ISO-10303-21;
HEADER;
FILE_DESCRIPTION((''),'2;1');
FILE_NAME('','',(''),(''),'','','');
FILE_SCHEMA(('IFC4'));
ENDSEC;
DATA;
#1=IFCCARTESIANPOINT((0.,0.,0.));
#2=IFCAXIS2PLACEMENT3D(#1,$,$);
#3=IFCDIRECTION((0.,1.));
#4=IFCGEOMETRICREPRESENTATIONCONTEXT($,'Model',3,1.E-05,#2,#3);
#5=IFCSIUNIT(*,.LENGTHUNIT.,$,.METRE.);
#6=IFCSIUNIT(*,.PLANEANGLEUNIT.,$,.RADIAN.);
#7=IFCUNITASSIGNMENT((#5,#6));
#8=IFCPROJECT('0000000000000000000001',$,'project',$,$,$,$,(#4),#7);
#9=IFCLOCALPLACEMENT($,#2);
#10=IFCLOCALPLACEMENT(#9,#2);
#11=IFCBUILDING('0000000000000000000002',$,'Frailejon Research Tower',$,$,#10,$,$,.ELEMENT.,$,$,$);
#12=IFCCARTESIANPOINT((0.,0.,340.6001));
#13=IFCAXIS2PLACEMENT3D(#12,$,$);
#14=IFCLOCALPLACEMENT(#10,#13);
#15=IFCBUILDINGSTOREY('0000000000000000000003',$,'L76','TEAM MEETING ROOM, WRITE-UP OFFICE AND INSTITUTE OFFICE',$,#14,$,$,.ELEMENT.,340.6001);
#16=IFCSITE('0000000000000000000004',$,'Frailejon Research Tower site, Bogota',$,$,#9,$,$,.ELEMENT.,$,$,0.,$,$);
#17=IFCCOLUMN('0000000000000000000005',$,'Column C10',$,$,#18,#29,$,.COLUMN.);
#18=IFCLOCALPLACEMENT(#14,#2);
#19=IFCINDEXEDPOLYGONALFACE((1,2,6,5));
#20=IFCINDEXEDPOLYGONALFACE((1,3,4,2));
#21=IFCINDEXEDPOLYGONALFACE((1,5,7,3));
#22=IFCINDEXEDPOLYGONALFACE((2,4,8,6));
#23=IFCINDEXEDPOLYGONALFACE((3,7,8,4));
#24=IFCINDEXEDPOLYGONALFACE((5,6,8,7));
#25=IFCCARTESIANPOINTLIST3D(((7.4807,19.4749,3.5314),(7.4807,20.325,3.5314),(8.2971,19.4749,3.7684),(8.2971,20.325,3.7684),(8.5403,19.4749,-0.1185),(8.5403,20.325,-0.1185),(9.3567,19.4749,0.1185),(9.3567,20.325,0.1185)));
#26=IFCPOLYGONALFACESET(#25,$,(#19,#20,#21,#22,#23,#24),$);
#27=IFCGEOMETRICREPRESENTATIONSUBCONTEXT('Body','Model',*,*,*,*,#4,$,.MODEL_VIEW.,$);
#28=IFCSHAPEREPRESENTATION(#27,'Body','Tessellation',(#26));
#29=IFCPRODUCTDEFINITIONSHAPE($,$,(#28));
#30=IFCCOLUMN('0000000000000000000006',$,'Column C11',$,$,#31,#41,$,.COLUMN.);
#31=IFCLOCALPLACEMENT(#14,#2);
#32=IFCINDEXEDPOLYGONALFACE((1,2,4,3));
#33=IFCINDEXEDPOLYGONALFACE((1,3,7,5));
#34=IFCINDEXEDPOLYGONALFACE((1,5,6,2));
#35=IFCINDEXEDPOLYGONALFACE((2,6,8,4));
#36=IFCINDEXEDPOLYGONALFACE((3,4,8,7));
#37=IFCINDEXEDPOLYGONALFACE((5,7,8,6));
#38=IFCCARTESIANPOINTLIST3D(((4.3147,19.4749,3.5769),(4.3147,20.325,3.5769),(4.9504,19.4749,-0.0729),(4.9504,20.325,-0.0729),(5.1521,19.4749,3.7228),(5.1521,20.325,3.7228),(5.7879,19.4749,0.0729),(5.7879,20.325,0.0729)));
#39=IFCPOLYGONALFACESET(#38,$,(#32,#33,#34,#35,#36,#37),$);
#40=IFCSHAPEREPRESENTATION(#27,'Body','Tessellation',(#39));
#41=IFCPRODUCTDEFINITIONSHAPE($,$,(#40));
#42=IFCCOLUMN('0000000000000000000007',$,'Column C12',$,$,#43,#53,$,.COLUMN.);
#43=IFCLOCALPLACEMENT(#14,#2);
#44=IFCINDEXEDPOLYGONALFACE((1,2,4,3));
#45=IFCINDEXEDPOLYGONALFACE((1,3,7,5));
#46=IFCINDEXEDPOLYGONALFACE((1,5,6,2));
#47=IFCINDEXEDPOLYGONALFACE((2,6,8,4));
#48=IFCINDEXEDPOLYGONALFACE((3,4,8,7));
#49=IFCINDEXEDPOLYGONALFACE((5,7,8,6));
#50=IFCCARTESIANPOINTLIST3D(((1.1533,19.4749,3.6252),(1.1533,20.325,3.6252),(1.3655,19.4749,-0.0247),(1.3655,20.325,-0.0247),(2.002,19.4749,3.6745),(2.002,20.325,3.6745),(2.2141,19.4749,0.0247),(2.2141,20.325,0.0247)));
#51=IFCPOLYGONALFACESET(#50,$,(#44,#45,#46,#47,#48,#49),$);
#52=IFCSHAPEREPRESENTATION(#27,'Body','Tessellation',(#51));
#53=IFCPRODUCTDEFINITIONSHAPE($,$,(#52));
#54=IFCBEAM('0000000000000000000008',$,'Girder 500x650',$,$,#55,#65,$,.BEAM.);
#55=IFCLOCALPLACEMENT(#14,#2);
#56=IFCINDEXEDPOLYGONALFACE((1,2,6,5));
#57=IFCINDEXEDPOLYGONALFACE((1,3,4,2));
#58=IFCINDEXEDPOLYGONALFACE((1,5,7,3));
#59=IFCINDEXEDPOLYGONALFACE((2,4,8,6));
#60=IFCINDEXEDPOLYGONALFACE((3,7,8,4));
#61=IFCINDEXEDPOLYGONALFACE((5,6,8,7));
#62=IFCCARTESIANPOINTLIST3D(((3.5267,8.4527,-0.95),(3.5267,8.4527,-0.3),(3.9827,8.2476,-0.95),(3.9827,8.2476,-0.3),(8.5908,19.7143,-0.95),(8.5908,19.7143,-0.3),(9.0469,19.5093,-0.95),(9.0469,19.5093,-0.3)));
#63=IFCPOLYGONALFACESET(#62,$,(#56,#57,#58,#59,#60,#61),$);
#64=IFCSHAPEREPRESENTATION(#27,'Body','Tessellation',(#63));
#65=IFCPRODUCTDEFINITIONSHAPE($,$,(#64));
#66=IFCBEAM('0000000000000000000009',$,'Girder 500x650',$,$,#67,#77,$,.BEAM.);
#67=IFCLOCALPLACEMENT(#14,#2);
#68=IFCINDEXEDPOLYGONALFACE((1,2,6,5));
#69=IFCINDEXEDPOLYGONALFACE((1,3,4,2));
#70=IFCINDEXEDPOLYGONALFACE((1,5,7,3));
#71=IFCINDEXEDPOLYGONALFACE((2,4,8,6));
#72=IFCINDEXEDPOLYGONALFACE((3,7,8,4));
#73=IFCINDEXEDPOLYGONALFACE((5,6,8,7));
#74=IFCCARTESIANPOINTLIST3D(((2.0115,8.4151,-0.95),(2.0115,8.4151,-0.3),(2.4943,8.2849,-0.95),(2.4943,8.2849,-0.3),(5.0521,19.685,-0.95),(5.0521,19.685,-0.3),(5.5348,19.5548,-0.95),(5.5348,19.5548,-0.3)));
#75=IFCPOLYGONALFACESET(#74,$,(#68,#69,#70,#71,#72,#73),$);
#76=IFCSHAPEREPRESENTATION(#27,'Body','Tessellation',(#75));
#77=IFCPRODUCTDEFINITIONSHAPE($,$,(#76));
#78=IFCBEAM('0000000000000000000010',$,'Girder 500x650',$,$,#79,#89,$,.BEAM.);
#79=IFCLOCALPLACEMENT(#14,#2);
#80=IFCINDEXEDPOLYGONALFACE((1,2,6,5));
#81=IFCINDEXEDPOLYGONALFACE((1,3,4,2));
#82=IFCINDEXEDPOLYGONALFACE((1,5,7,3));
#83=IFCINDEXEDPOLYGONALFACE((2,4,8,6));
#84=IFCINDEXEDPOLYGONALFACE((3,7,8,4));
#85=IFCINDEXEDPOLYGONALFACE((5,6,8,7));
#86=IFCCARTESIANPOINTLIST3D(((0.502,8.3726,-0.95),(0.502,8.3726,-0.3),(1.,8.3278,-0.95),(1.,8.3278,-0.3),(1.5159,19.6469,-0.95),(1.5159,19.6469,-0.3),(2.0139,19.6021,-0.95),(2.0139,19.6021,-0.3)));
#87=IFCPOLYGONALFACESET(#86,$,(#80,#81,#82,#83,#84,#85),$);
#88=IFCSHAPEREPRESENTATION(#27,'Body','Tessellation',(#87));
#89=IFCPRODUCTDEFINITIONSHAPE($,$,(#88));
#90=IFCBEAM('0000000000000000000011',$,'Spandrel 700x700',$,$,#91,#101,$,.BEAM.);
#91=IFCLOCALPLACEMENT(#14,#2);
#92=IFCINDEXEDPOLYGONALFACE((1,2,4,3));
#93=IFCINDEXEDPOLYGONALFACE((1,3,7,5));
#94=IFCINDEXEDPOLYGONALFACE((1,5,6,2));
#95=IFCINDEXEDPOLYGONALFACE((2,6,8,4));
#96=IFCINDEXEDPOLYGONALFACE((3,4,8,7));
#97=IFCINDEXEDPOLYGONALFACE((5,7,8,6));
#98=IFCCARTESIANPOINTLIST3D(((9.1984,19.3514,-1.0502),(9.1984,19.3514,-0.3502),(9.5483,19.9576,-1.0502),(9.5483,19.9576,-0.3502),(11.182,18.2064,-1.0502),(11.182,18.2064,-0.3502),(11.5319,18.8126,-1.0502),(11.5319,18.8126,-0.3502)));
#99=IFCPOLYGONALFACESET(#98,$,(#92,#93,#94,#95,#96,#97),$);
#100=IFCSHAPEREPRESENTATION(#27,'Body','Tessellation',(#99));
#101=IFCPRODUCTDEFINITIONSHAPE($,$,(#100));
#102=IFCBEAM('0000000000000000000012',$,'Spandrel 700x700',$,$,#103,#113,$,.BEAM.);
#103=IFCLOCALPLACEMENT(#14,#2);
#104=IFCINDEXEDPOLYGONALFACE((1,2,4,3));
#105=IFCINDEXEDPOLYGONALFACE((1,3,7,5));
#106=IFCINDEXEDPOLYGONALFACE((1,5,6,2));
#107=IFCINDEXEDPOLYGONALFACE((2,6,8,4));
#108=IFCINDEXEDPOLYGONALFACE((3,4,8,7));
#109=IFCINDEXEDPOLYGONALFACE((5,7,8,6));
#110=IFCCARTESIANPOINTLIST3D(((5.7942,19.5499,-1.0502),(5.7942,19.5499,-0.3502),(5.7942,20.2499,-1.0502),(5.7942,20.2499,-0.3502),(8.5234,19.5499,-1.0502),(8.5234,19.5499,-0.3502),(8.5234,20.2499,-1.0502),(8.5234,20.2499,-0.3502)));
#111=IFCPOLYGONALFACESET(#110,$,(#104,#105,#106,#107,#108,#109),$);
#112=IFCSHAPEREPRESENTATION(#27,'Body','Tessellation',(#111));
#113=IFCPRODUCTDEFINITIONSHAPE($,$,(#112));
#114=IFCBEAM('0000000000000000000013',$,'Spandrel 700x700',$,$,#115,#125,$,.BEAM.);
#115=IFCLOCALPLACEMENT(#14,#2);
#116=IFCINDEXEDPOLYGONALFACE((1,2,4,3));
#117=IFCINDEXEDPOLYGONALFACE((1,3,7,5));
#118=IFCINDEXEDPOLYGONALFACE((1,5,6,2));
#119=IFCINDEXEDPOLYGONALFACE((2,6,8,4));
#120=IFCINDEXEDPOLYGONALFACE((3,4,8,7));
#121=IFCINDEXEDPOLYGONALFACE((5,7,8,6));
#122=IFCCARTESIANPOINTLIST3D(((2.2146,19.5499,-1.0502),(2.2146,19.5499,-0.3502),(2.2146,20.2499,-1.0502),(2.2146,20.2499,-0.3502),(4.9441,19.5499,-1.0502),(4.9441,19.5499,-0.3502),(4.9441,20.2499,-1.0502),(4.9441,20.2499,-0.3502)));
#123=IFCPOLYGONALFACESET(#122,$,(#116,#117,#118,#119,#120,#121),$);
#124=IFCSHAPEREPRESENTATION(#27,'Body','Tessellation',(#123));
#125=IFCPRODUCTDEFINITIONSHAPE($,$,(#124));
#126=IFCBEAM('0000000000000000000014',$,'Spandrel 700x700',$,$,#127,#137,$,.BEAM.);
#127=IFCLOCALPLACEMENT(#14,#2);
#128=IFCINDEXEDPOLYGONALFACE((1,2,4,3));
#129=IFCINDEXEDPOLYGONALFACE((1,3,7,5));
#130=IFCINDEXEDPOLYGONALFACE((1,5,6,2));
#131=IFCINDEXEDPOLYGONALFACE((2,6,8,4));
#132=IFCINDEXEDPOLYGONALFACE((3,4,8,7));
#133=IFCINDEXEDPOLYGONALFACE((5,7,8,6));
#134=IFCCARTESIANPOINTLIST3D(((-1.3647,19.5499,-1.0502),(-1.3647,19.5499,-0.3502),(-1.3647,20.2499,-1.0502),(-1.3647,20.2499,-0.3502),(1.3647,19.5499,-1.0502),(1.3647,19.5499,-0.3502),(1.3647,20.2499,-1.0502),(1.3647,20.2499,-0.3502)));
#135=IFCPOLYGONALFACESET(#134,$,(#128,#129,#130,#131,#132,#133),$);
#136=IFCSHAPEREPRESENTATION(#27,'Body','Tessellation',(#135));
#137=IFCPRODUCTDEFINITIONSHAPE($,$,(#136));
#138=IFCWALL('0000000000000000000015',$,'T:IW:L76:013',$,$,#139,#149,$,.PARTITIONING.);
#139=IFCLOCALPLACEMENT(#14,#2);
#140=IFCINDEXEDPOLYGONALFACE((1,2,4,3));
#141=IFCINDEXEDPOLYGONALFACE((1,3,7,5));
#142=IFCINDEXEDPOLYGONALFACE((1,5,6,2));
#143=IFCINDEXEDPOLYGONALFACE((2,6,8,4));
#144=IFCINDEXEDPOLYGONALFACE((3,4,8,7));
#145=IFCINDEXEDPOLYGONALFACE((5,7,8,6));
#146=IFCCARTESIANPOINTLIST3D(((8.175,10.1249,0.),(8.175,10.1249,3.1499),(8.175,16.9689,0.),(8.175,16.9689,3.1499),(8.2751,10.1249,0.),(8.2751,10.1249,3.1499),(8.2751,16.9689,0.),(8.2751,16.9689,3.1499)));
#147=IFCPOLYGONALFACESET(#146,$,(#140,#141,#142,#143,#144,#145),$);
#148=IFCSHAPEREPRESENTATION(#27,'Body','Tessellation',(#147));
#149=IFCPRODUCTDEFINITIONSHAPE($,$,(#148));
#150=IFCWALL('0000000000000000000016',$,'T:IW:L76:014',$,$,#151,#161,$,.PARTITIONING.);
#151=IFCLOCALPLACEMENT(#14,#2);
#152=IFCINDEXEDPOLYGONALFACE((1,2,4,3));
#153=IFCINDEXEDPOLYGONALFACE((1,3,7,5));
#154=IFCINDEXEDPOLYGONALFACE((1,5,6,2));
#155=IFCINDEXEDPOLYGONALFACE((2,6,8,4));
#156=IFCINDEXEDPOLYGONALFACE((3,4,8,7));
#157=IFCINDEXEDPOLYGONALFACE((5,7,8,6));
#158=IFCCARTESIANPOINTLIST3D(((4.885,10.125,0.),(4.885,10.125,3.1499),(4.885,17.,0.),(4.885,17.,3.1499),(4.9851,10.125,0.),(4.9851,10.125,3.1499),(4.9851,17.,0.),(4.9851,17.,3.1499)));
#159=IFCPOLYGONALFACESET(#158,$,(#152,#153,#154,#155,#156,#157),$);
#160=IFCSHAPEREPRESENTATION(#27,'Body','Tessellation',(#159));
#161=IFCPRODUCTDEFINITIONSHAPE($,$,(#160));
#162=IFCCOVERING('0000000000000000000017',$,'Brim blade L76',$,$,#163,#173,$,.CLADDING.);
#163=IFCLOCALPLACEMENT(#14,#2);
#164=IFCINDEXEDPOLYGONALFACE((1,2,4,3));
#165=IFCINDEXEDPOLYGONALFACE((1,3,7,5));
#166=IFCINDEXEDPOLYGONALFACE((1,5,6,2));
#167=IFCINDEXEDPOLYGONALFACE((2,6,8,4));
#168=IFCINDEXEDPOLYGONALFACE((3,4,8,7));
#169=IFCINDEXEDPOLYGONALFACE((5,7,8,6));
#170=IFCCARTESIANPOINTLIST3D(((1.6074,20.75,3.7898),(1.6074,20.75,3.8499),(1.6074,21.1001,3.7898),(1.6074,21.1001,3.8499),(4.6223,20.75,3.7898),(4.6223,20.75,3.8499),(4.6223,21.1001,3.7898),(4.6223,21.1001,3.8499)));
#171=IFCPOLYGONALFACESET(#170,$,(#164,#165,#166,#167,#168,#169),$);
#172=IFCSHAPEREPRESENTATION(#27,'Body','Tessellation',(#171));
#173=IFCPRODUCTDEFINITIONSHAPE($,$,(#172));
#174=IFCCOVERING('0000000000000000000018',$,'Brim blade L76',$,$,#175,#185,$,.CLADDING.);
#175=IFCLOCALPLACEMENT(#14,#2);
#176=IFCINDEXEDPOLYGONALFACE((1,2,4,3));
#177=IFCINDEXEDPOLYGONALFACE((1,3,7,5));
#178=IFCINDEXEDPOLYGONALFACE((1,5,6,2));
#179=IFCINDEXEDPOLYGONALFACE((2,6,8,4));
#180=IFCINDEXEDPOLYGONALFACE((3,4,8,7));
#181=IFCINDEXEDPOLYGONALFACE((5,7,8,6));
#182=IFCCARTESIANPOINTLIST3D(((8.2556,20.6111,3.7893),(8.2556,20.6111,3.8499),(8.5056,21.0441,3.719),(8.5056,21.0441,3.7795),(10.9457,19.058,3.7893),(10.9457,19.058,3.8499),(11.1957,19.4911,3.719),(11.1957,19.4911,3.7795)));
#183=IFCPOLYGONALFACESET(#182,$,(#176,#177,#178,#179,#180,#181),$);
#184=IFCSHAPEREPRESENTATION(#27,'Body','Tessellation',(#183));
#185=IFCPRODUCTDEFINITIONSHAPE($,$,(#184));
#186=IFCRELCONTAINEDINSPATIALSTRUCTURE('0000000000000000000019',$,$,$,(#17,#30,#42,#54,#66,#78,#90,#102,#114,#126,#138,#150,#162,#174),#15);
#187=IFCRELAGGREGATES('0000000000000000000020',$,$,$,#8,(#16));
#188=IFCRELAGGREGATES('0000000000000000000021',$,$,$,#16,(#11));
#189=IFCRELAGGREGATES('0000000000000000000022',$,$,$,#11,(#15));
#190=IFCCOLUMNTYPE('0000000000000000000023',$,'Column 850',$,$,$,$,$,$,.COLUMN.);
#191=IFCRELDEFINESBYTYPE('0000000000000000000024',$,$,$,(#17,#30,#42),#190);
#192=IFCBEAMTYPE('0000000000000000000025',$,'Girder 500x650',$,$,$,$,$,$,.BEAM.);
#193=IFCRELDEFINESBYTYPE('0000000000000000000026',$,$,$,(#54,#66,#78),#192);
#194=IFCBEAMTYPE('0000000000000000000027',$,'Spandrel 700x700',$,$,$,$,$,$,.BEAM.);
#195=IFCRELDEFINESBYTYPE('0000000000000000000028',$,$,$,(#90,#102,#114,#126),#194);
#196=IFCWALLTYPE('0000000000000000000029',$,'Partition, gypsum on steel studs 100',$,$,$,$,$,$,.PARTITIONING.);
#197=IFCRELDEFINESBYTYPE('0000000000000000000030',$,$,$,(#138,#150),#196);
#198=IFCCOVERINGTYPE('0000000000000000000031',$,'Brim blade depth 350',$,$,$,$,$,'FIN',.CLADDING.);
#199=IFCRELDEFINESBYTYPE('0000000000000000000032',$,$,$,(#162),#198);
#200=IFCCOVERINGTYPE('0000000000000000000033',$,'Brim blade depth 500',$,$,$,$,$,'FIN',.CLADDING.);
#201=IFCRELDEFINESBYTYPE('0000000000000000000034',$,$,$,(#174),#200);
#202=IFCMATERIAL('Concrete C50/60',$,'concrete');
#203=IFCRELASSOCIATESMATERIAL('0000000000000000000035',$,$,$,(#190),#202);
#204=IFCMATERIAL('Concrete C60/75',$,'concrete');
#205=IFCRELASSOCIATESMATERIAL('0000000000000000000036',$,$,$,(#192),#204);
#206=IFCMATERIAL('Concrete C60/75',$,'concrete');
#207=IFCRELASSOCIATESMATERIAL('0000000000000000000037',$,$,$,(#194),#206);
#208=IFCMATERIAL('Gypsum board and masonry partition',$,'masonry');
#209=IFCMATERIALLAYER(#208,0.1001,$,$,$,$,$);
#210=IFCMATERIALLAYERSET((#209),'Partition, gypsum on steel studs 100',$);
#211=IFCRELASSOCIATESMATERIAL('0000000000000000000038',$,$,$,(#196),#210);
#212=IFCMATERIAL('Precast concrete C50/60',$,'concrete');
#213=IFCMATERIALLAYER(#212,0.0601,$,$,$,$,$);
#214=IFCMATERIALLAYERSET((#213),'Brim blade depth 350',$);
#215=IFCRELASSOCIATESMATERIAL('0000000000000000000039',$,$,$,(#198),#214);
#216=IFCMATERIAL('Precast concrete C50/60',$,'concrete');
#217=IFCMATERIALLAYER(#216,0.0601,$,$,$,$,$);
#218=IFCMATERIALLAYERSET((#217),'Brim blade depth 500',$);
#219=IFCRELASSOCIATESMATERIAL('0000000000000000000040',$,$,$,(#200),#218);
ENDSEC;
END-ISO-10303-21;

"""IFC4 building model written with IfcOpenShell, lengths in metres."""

from ifc_helpers import new_model, si_unit, direction, frame, frame_2d, origin, origin_2d, place, context, subcontext, project, spatial, polyline, rectangle, outline, extrude, material, layer, layer_set, material_profile, profile_set, type_object, element, save


model = new_model("IFC4")

# Units and contexts
model_context = context("Model", 3, precision=1e-05, world=origin(), true_north=direction((0.0, 1.0)))
body_context = subcontext(model_context, "Body", "Model", "MODEL_VIEW")
ifc_project = project(units=[si_unit("LENGTHUNIT", "METRE"), si_unit("PLANEANGLEUNIT", "RADIAN")], contexts=[model_context])

# Site, building, storey
site_placement = place(None, origin())
site = spatial("IfcSite", under=ifc_project, at=site_placement, Name="Frailejon Research Tower site, Bogota", CompositionType="ELEMENT", RefElevation=0.0)
building_placement = place(site_placement, origin())
building = spatial("IfcBuilding", under=site, at=building_placement, Name="Frailejon Research Tower", CompositionType="ELEMENT")
storey_placement = place(building_placement, frame((0.0, 0.0, 340.6001)))
storey = spatial("IfcBuildingStorey", under=building, at=storey_placement, Name="L76", Description="TEAM MEETING ROOM, WRITE-UP OFFICE AND INSTITUTE OFFICE", CompositionType="ELEMENT", Elevation=340.6001)

# Columns
ifc_material_1 = material(Name="Concrete C50/60", Category="concrete")
ifc_material_profile_1 = material_profile(ifc_material_1, rectangle(XDim=0.8501, YDim=0.8501, at=origin_2d()), Name="Column 850")
ifc_profile_set_1 = profile_set([ifc_material_profile_1], Name="Concrete C50/60")
column_type = type_object("IfcColumnType", Name="Column 850", PredefinedType="COLUMN", material=ifc_profile_set_1)
column_1_placement = place(storey_placement, frame((8.9485, 19.8999, 0.0), z_axis=(-0.278791, 0.0, 0.960352), x_axis=(-0.960352, 0.0, -0.278791)))
element("IfcColumn", 1, at=column_1_placement, inside=storey, type_object=column_type, Name="Column C10", PredefinedType="COLUMN", context=body_context, shape_type="SweptSolid", body=[
    extrude(rectangle(XDim=0.8501, YDim=0.8501, at=origin_2d()), origin(), (0.0, 0.0, 1.0), 3.8005),
])
column_2_placement = place(storey_placement, frame((5.3691, 19.8999, 0.0), z_axis=(-0.171597, 0.0, 0.985167), x_axis=(-0.985167, 0.0, -0.171597)))
element("IfcColumn", 2, at=column_2_placement, inside=storey, type_object=column_type, Name="Column C11", PredefinedType="COLUMN", context=body_context, shape_type="SweptSolid", body=[
    extrude(rectangle(XDim=0.8501, YDim=0.8501, at=origin_2d()), origin(), (0.0, 0.0, 1.0), 3.7048),
])
column_3_placement = place(storey_placement, frame((1.7898, 19.8999, 0.0), z_axis=(-0.058029, 0.0, 0.998315), x_axis=(-0.998315, 0.0, -0.058029)))
element("IfcColumn", 3, at=column_3_placement, inside=storey, type_object=column_type, Name="Column C12", PredefinedType="COLUMN", context=body_context, shape_type="SweptSolid", body=[
    extrude(rectangle(XDim=0.8501, YDim=0.8501, at=origin_2d()), origin(), (0.0, 0.0, 1.0), 3.656),
])

# Beams
ifc_material_2 = material(Name="Concrete C60/75", Category="concrete")
ifc_material_profile_2 = material_profile(ifc_material_2, rectangle(XDim=0.5, YDim=0.6499, at=origin_2d()), Name="Girder 500x650")
ifc_profile_set_2 = profile_set([ifc_material_profile_2], Name="Concrete C60/75")
beam_type_1 = type_object("IfcBeamType", Name="Girder 500x650", PredefinedType="BEAM", material=ifc_profile_set_2)
beam_1_placement = place(storey_placement, frame((8.8188, 19.6118, -0.625), z_axis=(-0.410125, -0.912029, 0.0), x_axis=(0.912029, -0.410125, 0.0)))
element("IfcBeam", 4, at=beam_1_placement, inside=storey, type_object=beam_type_1, Name="Girder 500x650", PredefinedType="BEAM", context=body_context, shape_type="SweptSolid", body=[
    extrude(rectangle(XDim=0.5, YDim=0.6499, at=origin_2d()), origin(), (0.0, 0.0, 1.0), 12.3479),
])
beam_2_placement = place(storey_placement, frame((5.2935, 19.6199, -0.625), z_axis=(-0.260481, -0.965479, 0.0), x_axis=(0.965479, -0.260481, 0.0)))
element("IfcBeam", 5, at=beam_2_placement, inside=storey, type_object=beam_type_1, Name="Girder 500x650", PredefinedType="BEAM", context=body_context, shape_type="SweptSolid", body=[
    extrude(rectangle(XDim=0.5, YDim=0.6499, at=origin_2d()), origin(), (0.0, 0.0, 1.0), 11.6729),
])
beam_3_placement = place(storey_placement, frame((1.7649, 19.6245, -0.625), z_axis=(-0.089569, -0.995981, 0.0), x_axis=(0.995981, -0.089569, 0.0)))
element("IfcBeam", 6, at=beam_3_placement, inside=storey, type_object=beam_type_1, Name="Girder 500x650", PredefinedType="BEAM", context=body_context, shape_type="SweptSolid", body=[
    extrude(rectangle(XDim=0.5, YDim=0.6499, at=origin_2d()), origin(), (0.0, 0.0, 1.0), 11.3198),
])
ifc_material_3 = material(Name="Concrete C60/75", Category="concrete")
ifc_material_profile_3 = material_profile(ifc_material_3, rectangle(XDim=0.7, YDim=0.7, at=origin_2d()), Name="Spandrel 700x700")
ifc_profile_set_3 = profile_set([ifc_material_profile_3], Name="Concrete C60/75")
beam_type_2 = type_object("IfcBeamType", Name="Spandrel 700x700", PredefinedType="BEAM", material=ifc_profile_set_3)
beam_4_placement = place(storey_placement, frame((11.3569, 18.5095, -0.7002), z_axis=(-0.86607, 0.499922, 0.0), x_axis=(-0.499922, -0.86607, 0.0)))
element("IfcBeam", 7, at=beam_4_placement, inside=storey, type_object=beam_type_2, Name="Spandrel 700x700", PredefinedType="BEAM", context=body_context, shape_type="SweptSolid", body=[
    extrude(rectangle(XDim=0.7, YDim=0.7, at=origin_2d()), origin(), (0.0, 0.0, 1.0), 2.2903),
])
beam_5_placement = place(storey_placement, frame((8.5234, 19.8999, -0.7002), z_axis=(-1.0, 0.0, 0.0), x_axis=(0.0, -1.0, 0.0)))
element("IfcBeam", 8, at=beam_5_placement, inside=storey, type_object=beam_type_2, Name="Spandrel 700x700", PredefinedType="BEAM", context=body_context, shape_type="SweptSolid", body=[
    extrude(rectangle(XDim=0.7, YDim=0.7, at=origin_2d()), origin(), (0.0, 0.0, 1.0), 2.7292),
])
for number, where, z_axis, x_axis, name in (
    (9, (4.9441, 19.8999, -0.7002), (-1.0, 0.0, 0.0), (0.0, -1.0, 0.0), "Spandrel 700x700"),
    (10, (1.3647, 19.8999, -0.7002), (-1.0, 0.0, 0.0), (0.0, -1.0, 0.0), "Spandrel 700x700"),
):
    element("IfcBeam", number, at=place(storey_placement, frame(where, z_axis=z_axis, x_axis=x_axis)), inside=storey, type_object=beam_type_2, Name=name, PredefinedType="BEAM", context=body_context, shape_type="SweptSolid", body=[
        extrude(rectangle(XDim=0.7, YDim=0.7, at=origin_2d()), origin(), (0.0, 0.0, 1.0), 2.7295),
    ])

# Walls
ifc_material_4 = material(Name="Gypsum board and masonry partition", Category="masonry")
ifc_layer_1 = layer(ifc_material_4, 0.1001)
ifc_layer_set_1 = layer_set([ifc_layer_1], Name="Partition, gypsum on steel studs 100")
wall_type_1 = type_object("IfcWallType", Name="Partition, gypsum on steel studs 100", PredefinedType="PARTITIONING", material=ifc_layer_set_1)
wall_1_placement = place(storey_placement, frame((8.2251, 10.125, 0.0), z_axis=(0.0, 0.0, 1.0), x_axis=(0.0, 1.0, 0.0)))
element("IfcWall", 11, at=wall_1_placement, inside=storey, type_object=wall_type_1, Name="T:IW:L76:013", PredefinedType="PARTITIONING", context=body_context, shape_type="SweptSolid", body=[
    extrude(rectangle(XDim=6.844, YDim=0.1001, at=frame_2d((3.4219, 0.0))), origin(), (0.0, 0.0, 1.0), 3.1499),
])
wall_2_placement = place(storey_placement, frame((4.9351, 10.125, 0.0), z_axis=(0.0, 0.0, 1.0), x_axis=(0.0, 1.0, 0.0)))
element("IfcWall", 12, at=wall_2_placement, inside=storey, type_object=wall_type_1, Name="T:IW:L76:014", PredefinedType="PARTITIONING", context=body_context, shape_type="SweptSolid", body=[
    extrude(rectangle(XDim=6.875, YDim=0.1001, at=frame_2d((3.4375, 0.0))), origin(), (0.0, 0.0, 1.0), 3.1499),
])

# Coverings
ifc_material_5 = material(Name="Precast concrete C50/60", Category="concrete")
ifc_layer_2 = layer(ifc_material_5, 0.0601)
ifc_layer_set_2 = layer_set([ifc_layer_2], Name="Brim blade depth 350")
covering_type_1 = type_object("IfcCoveringType", Name="Brim blade depth 350", ElementType="FIN", PredefinedType="CLADDING", material=ifc_layer_set_2)
covering_1_placement = place(storey_placement, frame((1.6074, 20.75, 3.8499), z_axis=(1.0, 0.0, 0.0), x_axis=(0.0, 1.0, 0.0)))
element("IfcCovering", 13, at=covering_1_placement, inside=storey, type_object=covering_type_1, Name="Brim blade L76", PredefinedType="CLADDING", context=body_context, shape_type="SweptSolid", body=[
    extrude(outline(polyline([(0.0, -0.0601), (0.3501, -0.0601), (0.3501, 0.0), (0.0, 0.0), (0.0, -0.0601)])), origin(), (0.0, 0.0, 1.0), 3.0149),
])
ifc_material_6 = material(Name="Precast concrete C50/60", Category="concrete")
ifc_layer_3 = layer(ifc_material_6, 0.0601)
ifc_layer_set_3 = layer_set([ifc_layer_3], Name="Brim blade depth 500")
covering_type_2 = type_object("IfcCoveringType", Name="Brim blade depth 500", ElementType="FIN", PredefinedType="CLADDING", material=ifc_layer_set_3)
covering_2_placement = place(storey_placement, frame((8.2556, 20.6111, 3.8499), z_axis=(0.866035, -0.499983, 0.0), x_axis=(0.499983, 0.866035, 0.0)))
element("IfcCovering", 14, at=covering_2_placement, inside=storey, type_object=covering_type_2, Name="Brim blade L76", PredefinedType="CLADDING", context=body_context, shape_type="SweptSolid", body=[
    extrude(outline(polyline([(0.0, -0.0605), (0.5, -0.1309), (0.5, -0.0703), (0.0, 0.0), (0.0, -0.0605)])), origin(), (0.0, 0.0, 1.0), 3.1062),
])

save(model, "model.ifc")
